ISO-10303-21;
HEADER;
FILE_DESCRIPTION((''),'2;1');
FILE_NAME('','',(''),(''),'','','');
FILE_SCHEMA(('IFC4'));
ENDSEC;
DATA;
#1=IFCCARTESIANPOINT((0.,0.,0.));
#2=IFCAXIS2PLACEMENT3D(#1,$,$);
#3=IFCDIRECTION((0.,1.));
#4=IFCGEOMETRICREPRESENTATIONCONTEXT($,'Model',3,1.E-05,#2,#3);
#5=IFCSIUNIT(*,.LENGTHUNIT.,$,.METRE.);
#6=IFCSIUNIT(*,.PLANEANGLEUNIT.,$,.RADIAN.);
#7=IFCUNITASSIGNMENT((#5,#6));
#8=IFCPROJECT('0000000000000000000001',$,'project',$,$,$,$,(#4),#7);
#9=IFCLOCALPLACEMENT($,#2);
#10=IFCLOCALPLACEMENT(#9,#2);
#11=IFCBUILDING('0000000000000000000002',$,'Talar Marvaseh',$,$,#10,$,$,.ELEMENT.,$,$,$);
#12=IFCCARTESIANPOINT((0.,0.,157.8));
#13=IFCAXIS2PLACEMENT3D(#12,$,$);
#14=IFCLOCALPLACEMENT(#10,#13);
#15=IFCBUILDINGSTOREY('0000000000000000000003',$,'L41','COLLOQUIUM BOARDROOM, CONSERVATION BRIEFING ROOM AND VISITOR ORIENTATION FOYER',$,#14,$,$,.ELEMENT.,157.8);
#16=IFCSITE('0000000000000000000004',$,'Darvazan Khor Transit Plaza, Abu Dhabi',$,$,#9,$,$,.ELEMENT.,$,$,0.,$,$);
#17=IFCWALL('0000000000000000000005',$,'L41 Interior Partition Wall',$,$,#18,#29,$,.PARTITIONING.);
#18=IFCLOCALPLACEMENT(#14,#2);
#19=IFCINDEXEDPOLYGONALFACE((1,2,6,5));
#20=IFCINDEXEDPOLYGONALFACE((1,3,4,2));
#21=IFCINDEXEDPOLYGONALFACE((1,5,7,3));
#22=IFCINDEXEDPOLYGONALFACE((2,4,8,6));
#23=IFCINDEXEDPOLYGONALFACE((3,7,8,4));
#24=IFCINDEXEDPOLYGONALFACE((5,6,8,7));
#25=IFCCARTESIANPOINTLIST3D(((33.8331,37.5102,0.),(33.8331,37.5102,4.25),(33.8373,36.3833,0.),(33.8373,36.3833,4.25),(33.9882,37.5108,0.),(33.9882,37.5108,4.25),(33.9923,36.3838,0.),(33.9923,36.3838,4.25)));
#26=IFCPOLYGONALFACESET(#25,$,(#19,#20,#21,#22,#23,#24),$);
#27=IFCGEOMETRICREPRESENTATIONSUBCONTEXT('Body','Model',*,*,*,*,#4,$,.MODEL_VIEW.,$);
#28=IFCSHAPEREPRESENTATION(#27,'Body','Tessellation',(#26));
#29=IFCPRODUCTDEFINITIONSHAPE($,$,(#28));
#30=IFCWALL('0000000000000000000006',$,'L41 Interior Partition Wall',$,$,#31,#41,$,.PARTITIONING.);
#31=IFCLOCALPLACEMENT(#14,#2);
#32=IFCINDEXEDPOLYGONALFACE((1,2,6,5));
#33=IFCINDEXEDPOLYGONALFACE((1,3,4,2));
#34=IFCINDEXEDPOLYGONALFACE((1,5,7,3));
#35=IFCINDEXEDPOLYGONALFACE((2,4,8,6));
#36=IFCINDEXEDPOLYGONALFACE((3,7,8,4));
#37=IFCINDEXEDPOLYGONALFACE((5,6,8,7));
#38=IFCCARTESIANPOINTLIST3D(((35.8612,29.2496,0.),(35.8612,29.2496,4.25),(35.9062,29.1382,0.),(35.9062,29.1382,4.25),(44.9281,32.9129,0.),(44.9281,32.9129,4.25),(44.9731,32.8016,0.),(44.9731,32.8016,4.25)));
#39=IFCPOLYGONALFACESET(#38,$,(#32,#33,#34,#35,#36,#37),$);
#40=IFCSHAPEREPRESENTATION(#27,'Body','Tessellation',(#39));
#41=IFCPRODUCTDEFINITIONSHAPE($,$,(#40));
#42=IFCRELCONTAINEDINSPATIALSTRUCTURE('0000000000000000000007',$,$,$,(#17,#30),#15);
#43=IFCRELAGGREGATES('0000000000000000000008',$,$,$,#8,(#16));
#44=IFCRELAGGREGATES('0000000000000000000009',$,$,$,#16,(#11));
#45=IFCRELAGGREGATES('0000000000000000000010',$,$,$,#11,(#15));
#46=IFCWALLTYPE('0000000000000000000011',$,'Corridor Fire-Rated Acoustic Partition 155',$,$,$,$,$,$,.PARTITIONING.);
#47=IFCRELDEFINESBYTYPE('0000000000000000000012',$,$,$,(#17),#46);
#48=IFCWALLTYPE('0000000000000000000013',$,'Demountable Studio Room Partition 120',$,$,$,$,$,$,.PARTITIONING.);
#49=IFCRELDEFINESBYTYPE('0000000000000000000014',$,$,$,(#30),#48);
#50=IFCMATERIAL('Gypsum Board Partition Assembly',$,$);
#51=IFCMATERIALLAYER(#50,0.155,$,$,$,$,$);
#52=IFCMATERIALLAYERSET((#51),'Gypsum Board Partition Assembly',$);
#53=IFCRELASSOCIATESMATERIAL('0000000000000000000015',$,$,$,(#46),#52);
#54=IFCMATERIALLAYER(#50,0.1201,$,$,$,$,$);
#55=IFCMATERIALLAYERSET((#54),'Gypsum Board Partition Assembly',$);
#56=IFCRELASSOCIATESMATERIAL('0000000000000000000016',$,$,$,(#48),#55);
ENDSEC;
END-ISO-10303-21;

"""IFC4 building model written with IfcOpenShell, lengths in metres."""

from ifc_helpers import new_model, si_unit, direction, frame, frame_2d, origin, place, context, subcontext, project, spatial, rectangle, extrude, material, layer, layer_set, type_object, element, save


model = new_model("IFC4")

# Units and contexts
model_context = context("Model", 3, precision=1e-05, world=origin(), true_north=direction((0.0, 1.0)))
body_context = subcontext(model_context, "Body", "Model", "MODEL_VIEW")
ifc_project = project(units=[si_unit("LENGTHUNIT", "METRE"), si_unit("PLANEANGLEUNIT", "RADIAN")], contexts=[model_context])

# Site, building, storey
site_placement = place(None, origin())
site = spatial("IfcSite", under=ifc_project, at=site_placement, Name="Darvazan Khor Transit Plaza, Abu Dhabi", CompositionType="ELEMENT", RefElevation=0.0)
building_placement = place(site_placement, origin())
building = spatial("IfcBuilding", under=site, at=building_placement, Name="Talar Marvaseh", CompositionType="ELEMENT")
storey_placement = place(building_placement, frame((0.0, 0.0, 157.8)))
storey = spatial("IfcBuildingStorey", under=building, at=storey_placement, Name="L41", Description="COLLOQUIUM BOARDROOM, CONSERVATION BRIEFING ROOM AND VISITOR ORIENTATION FOYER", CompositionType="ELEMENT", Elevation=157.8)

# Walls
ifc_material_1 = material(Name="Gypsum Board Partition Assembly")
ifc_layer_1 = layer(ifc_material_1, 0.155)
ifc_layer_set_1 = layer_set([ifc_layer_1], Name="Gypsum Board Partition Assembly")
wall_type_1 = type_object("IfcWallType", Name="Corridor Fire-Rated Acoustic Partition 155", PredefinedType="PARTITIONING", material=ifc_layer_set_1)
wall_1_placement = place(storey_placement, frame((33.9148, 36.3835, 0.0), z_axis=(0.0, 0.0, 1.0), x_axis=(-0.003683, 0.999993, 0.0)))
element("IfcWall", 1, at=wall_1_placement, inside=storey, type_object=wall_type_1, Name="L41 Interior Partition Wall", PredefinedType="PARTITIONING", context=body_context, shape_type="SweptSolid", body=[
    extrude(rectangle(XDim=1.127, YDim=0.155, at=frame_2d((0.5635, 0.0))), origin(), (0.0, 0.0, 1.0), 4.25),
])
ifc_layer_2 = layer(ifc_material_1, 0.1201)
ifc_layer_set_2 = layer_set([ifc_layer_2], Name="Gypsum Board Partition Assembly")
wall_type_2 = type_object("IfcWallType", Name="Demountable Studio Room Partition 120", PredefinedType="PARTITIONING", material=ifc_layer_set_2)
wall_2_placement = place(storey_placement, frame((35.8835, 29.1938, 0.0), z_axis=(0.0, 0.0, 1.0), x_axis=(0.927181, 0.374612, 0.0)))
element("IfcWall", 2, at=wall_2_placement, inside=storey, type_object=wall_type_2, Name="L41 Interior Partition Wall", PredefinedType="PARTITIONING", context=body_context, shape_type="SweptSolid", body=[
    extrude(rectangle(XDim=9.7791, YDim=0.1201, at=frame_2d((4.8896, 0.0))), origin(), (0.0, 0.0, 1.0), 4.25),
])

save(model, "model.ifc")
